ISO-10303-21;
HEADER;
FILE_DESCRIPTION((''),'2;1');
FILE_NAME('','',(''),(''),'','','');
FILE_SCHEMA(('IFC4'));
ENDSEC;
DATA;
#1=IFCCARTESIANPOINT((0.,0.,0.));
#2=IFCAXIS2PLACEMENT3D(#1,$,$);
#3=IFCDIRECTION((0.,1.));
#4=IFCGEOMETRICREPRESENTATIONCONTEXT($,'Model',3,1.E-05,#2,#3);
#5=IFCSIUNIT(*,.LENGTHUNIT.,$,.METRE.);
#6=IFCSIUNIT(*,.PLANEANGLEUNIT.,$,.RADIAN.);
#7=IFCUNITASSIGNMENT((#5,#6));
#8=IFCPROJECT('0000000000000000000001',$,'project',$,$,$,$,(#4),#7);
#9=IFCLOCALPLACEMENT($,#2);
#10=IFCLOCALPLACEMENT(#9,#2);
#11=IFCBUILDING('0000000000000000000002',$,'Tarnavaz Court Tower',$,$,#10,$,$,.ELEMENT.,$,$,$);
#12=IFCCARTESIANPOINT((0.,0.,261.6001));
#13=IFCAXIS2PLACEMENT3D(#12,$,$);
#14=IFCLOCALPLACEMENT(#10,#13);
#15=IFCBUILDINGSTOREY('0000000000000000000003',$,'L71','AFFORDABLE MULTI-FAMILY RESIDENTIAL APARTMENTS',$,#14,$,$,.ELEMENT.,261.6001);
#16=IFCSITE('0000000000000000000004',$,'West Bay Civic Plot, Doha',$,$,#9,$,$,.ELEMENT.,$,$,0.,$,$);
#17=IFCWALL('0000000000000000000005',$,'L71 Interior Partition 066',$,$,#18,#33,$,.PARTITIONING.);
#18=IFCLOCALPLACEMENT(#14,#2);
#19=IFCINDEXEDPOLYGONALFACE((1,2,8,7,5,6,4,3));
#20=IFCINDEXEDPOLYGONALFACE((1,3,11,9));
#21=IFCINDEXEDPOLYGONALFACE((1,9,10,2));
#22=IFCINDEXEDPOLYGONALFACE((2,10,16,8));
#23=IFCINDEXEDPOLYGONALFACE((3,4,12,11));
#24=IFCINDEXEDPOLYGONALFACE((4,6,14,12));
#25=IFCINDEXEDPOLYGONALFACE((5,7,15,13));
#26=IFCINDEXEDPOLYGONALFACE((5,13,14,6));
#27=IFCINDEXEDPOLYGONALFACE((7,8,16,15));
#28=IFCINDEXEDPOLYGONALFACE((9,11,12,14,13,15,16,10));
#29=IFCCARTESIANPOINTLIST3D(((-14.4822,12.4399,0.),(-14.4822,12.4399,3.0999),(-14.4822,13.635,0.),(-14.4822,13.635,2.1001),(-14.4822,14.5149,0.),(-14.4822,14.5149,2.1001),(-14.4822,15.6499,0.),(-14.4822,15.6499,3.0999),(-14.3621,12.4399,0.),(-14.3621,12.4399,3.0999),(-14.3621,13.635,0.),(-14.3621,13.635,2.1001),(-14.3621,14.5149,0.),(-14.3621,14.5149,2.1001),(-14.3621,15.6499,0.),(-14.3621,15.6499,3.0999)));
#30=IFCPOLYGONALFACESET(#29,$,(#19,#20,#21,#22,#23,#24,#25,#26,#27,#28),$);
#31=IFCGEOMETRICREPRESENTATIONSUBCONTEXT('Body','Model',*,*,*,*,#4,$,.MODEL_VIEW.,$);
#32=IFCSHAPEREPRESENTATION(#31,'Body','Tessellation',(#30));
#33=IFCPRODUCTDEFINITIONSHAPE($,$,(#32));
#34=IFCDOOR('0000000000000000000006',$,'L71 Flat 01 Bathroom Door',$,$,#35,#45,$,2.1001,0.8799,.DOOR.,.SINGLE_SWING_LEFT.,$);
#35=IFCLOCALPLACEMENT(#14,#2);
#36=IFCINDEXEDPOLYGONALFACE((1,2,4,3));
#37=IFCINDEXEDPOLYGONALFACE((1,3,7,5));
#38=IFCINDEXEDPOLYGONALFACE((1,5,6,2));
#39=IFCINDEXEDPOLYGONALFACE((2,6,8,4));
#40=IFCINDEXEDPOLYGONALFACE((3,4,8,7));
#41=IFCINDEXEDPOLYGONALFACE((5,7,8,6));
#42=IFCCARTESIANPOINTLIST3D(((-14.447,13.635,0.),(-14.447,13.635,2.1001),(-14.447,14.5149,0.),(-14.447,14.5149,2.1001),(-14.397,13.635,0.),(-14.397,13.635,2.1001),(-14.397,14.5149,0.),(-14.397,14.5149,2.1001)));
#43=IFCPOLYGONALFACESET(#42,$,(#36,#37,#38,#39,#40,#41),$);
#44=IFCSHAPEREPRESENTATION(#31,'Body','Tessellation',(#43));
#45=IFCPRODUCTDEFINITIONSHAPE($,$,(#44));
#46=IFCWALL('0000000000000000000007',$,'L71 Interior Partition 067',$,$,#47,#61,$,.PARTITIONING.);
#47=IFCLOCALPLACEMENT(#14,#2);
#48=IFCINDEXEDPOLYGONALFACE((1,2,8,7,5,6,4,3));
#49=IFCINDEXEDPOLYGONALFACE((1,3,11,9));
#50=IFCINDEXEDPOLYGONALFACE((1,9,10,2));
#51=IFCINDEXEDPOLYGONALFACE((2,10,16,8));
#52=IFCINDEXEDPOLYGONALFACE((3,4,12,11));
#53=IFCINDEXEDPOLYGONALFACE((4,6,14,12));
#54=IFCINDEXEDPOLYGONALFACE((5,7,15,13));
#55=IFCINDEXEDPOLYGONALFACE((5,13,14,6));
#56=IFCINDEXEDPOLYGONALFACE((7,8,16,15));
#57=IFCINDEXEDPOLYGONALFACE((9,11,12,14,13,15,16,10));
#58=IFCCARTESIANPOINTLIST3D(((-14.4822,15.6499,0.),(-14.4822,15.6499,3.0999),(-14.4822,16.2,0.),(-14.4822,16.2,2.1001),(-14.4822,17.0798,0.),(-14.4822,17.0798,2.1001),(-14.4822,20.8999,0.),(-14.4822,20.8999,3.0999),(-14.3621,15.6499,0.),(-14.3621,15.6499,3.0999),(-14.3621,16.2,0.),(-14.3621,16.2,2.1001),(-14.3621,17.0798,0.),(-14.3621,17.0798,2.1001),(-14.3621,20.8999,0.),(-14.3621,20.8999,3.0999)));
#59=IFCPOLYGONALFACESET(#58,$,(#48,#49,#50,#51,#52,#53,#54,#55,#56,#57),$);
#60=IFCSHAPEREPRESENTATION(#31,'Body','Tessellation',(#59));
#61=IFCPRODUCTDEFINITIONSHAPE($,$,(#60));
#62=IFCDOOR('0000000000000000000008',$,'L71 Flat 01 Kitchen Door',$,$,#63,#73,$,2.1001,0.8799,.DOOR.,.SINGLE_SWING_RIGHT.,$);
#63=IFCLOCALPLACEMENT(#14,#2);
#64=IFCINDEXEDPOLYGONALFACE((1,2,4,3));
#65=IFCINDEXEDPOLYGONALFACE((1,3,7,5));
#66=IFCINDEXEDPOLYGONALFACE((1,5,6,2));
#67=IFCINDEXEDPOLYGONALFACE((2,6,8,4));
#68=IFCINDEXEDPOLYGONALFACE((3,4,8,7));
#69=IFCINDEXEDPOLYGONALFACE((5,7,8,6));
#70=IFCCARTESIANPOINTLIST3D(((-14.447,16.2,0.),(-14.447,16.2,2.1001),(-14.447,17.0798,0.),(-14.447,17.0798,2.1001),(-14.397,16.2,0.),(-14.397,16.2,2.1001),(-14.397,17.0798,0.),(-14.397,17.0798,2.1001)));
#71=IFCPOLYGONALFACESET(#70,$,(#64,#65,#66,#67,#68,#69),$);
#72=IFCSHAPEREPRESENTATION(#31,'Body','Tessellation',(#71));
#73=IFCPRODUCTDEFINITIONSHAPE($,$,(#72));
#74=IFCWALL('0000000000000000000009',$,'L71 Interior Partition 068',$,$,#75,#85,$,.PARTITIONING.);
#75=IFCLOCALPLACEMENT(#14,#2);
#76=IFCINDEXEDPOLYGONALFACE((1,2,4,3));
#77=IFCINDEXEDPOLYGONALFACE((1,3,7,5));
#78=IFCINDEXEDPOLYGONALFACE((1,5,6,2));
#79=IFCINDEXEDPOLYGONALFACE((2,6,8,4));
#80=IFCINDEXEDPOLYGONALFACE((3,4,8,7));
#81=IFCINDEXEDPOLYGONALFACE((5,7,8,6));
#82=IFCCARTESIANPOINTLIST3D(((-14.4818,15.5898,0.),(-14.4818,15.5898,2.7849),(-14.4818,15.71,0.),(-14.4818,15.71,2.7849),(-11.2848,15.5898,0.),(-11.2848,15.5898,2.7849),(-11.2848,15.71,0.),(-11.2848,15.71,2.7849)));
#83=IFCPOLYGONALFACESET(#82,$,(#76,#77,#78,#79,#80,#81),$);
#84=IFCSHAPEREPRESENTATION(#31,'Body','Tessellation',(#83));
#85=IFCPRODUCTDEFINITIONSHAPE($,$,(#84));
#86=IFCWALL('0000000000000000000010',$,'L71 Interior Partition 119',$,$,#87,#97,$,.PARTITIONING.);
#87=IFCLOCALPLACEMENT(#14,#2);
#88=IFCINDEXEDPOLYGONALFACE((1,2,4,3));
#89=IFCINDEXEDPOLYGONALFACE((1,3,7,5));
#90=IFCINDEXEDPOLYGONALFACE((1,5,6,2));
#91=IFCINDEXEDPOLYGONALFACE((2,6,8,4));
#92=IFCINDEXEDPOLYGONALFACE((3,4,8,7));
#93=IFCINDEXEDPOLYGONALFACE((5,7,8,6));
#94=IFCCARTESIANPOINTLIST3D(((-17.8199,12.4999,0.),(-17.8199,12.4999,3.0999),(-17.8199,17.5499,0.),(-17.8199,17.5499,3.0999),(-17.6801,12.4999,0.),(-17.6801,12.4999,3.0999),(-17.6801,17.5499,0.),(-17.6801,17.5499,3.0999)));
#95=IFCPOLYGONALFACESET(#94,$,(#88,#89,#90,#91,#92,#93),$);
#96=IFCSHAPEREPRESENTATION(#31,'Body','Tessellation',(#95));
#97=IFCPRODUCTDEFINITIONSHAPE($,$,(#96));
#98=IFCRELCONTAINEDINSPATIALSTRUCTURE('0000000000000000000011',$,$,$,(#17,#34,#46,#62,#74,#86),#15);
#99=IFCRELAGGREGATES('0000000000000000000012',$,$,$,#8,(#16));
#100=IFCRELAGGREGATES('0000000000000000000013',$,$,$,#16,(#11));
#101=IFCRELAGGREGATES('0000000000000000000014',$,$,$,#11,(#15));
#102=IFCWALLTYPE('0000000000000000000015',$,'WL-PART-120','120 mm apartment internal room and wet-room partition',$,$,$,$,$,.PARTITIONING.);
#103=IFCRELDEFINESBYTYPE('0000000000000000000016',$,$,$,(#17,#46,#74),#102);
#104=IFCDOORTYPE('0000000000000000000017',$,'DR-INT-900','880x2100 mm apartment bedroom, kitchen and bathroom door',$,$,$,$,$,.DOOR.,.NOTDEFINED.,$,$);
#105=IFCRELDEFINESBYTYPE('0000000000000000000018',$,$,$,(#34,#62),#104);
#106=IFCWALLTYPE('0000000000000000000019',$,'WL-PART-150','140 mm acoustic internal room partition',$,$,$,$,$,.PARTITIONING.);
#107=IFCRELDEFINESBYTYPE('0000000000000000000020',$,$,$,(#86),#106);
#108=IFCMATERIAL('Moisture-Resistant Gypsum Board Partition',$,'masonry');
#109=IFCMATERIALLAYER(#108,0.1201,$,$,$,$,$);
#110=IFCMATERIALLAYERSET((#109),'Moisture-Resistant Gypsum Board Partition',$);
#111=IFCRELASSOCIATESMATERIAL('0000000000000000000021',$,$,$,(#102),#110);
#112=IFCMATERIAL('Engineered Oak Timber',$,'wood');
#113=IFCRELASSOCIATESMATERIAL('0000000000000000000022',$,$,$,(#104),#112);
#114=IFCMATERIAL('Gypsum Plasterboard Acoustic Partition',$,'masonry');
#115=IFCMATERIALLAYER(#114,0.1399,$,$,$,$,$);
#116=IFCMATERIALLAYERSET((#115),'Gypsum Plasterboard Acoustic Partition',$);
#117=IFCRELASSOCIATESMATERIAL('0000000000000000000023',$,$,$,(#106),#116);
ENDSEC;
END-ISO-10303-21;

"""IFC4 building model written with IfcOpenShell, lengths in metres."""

from ifc_helpers import new_model, si_unit, direction, frame, frame_2d, origin, place, context, subcontext, project, spatial, rectangle, extrude, material, layer, layer_set, type_object, element, fill, save


model = new_model("IFC4")

# Units and contexts
model_context = context("Model", 3, precision=1e-05, world=origin(), true_north=direction((0.0, 1.0)))
body_context = subcontext(model_context, "Body", "Model", "MODEL_VIEW")
ifc_project = project(units=[si_unit("LENGTHUNIT", "METRE"), si_unit("PLANEANGLEUNIT", "RADIAN")], contexts=[model_context])

# Site, building, storey
site_placement = place(None, origin())
site = spatial("IfcSite", under=ifc_project, at=site_placement, Name="West Bay Civic Plot, Doha", CompositionType="ELEMENT", RefElevation=0.0)
building_placement = place(site_placement, origin())
building = spatial("IfcBuilding", under=site, at=building_placement, Name="Tarnavaz Court Tower", CompositionType="ELEMENT")
storey_placement = place(building_placement, frame((0.0, 0.0, 261.6001)))
storey = spatial("IfcBuildingStorey", under=building, at=storey_placement, Name="L71", Description="AFFORDABLE MULTI-FAMILY RESIDENTIAL APARTMENTS", CompositionType="ELEMENT", Elevation=261.6001)

# Walls, openings, doors
ifc_material_1 = material(Name="Engineered Oak Timber", Category="wood")
ifc_material_2 = material(Name="Moisture-Resistant Gypsum Board Partition", Category="masonry")
ifc_layer_1 = layer(ifc_material_2, 0.1201)
ifc_layer_set_1 = layer_set([ifc_layer_1], Name="Moisture-Resistant Gypsum Board Partition")
wall_type_1 = type_object("IfcWallType", Name="WL-PART-120", Description="120 mm apartment internal room and wet-room partition", PredefinedType="PARTITIONING", material=ifc_layer_set_1)
wall_1_placement = place(storey_placement, frame((-14.4221, 12.4399, 0.0), z_axis=(0.0, 0.0, 1.0), x_axis=(0.0, 1.0, 0.0)))
wall_1 = element("IfcWall", 1, at=wall_1_placement, inside=storey, type_object=wall_type_1, Name="L71 Interior Partition 066", PredefinedType="PARTITIONING", context=body_context, shape_type="SweptSolid", body=[
    extrude(rectangle(XDim=3.21, YDim=0.1201, at=frame_2d((1.605, 0.0))), origin(), (0.0, 0.0, 1.0), 3.0999),
])
opening_1_placement = place(wall_1_placement, frame((1.1951, 0.0, 0.0)))
opening_1 = element("IfcOpeningElement", 2, at=opening_1_placement, cuts=wall_1, PredefinedType="OPENING", context=body_context, shape_type="SweptSolid", body=[
    extrude(rectangle(XDim=0.8799, YDim=2.1001, at=frame_2d((0.4399, 1.05))), frame((0.0, 0.0701, 0.0), z_axis=(0.0, -1.0, 0.0), x_axis=(1.0, 0.0, 0.0)), (0.0, 0.0, 1.0), 0.1401),
])
door_type_1 = type_object("IfcDoorType", Name="DR-INT-900", Description="880x2100 mm apartment bedroom, kitchen and bathroom door", OperationType="NOTDEFINED", PredefinedType="DOOR", material=ifc_material_1)
door_1_placement = place(opening_1_placement, origin())
door_1 = element("IfcDoor", 3, at=door_1_placement, inside=storey, type_object=door_type_1, Name="L71 Flat 01 Bathroom Door", OperationType="SINGLE_SWING_LEFT", OverallHeight=2.1001, OverallWidth=0.8799, PredefinedType="DOOR", context=body_context, shape_type="SweptSolid", body=[
    extrude(rectangle(XDim=0.8799, YDim=2.1001, at=frame_2d((0.4399, 1.05))), frame((0.0, 0.0249, 0.0), z_axis=(0.0, -1.0, 0.0), x_axis=(1.0, 0.0, 0.0)), (0.0, 0.0, 1.0), 0.05),
])
fill(opening_1, door_1)
wall_2_placement = place(storey_placement, frame((-14.4221, 15.6499, 0.0), z_axis=(0.0, 0.0, 1.0), x_axis=(0.0, 1.0, 0.0)))
wall_2 = element("IfcWall", 4, at=wall_2_placement, inside=storey, type_object=wall_type_1, Name="L71 Interior Partition 067", PredefinedType="PARTITIONING", context=body_context, shape_type="SweptSolid", body=[
    extrude(rectangle(XDim=5.25, YDim=0.1201, at=frame_2d((2.625, 0.0))), origin(), (0.0, 0.0, 1.0), 3.0999),
])
opening_2_placement = place(wall_2_placement, frame((0.55, 0.0, 0.0)))
opening_2 = element("IfcOpeningElement", 5, at=opening_2_placement, cuts=wall_2, PredefinedType="OPENING", context=body_context, shape_type="SweptSolid", body=[
    extrude(rectangle(XDim=0.8799, YDim=2.1001, at=frame_2d((0.4399, 1.05))), frame((0.0, 0.0701, 0.0), z_axis=(0.0, -1.0, 0.0), x_axis=(1.0, 0.0, 0.0)), (0.0, 0.0, 1.0), 0.1401),
])
door_2_placement = place(opening_2_placement, origin())
door_2 = element("IfcDoor", 6, at=door_2_placement, inside=storey, type_object=door_type_1, Name="L71 Flat 01 Kitchen Door", OperationType="SINGLE_SWING_RIGHT", OverallHeight=2.1001, OverallWidth=0.8799, PredefinedType="DOOR", context=body_context, shape_type="SweptSolid", body=[
    extrude(rectangle(XDim=0.8799, YDim=2.1001, at=frame_2d((0.4399, 1.05))), frame((0.0, 0.0249, 0.0), z_axis=(0.0, -1.0, 0.0), x_axis=(1.0, 0.0, 0.0)), (0.0, 0.0, 1.0), 0.05),
])
fill(opening_2, door_2)

# Walls
wall_3_placement = place(storey_placement, frame((-14.4819, 15.6499, 0.0), z_axis=(0.0, 0.0, 1.0), x_axis=(1.0, 0.0, 0.0)))
element("IfcWall", 7, at=wall_3_placement, inside=storey, type_object=wall_type_1, Name="L71 Interior Partition 068", PredefinedType="PARTITIONING", context=body_context, shape_type="SweptSolid", body=[
    extrude(rectangle(XDim=3.197, YDim=0.1201, at=frame_2d((1.5986, 0.0))), origin(), (0.0, 0.0, 1.0), 2.7849),
])
ifc_material_3 = material(Name="Gypsum Plasterboard Acoustic Partition", Category="masonry")
ifc_layer_2 = layer(ifc_material_3, 0.1399)
ifc_layer_set_2 = layer_set([ifc_layer_2], Name="Gypsum Plasterboard Acoustic Partition")
wall_type_2 = type_object("IfcWallType", Name="WL-PART-150", Description="140 mm acoustic internal room partition", PredefinedType="PARTITIONING", material=ifc_layer_set_2)
wall_4_placement = place(storey_placement, frame((-17.75, 12.5, 0.0), z_axis=(0.0, 0.0, 1.0), x_axis=(0.0, 1.0, 0.0)))
element("IfcWall", 8, at=wall_4_placement, inside=storey, type_object=wall_type_2, Name="L71 Interior Partition 119", PredefinedType="PARTITIONING", context=body_context, shape_type="SweptSolid", body=[
    extrude(rectangle(XDim=5.05, YDim=0.1399, at=frame_2d((2.5249, 0.0))), origin(), (0.0, 0.0, 1.0), 3.0999),
])

save(model, "model.ifc")
